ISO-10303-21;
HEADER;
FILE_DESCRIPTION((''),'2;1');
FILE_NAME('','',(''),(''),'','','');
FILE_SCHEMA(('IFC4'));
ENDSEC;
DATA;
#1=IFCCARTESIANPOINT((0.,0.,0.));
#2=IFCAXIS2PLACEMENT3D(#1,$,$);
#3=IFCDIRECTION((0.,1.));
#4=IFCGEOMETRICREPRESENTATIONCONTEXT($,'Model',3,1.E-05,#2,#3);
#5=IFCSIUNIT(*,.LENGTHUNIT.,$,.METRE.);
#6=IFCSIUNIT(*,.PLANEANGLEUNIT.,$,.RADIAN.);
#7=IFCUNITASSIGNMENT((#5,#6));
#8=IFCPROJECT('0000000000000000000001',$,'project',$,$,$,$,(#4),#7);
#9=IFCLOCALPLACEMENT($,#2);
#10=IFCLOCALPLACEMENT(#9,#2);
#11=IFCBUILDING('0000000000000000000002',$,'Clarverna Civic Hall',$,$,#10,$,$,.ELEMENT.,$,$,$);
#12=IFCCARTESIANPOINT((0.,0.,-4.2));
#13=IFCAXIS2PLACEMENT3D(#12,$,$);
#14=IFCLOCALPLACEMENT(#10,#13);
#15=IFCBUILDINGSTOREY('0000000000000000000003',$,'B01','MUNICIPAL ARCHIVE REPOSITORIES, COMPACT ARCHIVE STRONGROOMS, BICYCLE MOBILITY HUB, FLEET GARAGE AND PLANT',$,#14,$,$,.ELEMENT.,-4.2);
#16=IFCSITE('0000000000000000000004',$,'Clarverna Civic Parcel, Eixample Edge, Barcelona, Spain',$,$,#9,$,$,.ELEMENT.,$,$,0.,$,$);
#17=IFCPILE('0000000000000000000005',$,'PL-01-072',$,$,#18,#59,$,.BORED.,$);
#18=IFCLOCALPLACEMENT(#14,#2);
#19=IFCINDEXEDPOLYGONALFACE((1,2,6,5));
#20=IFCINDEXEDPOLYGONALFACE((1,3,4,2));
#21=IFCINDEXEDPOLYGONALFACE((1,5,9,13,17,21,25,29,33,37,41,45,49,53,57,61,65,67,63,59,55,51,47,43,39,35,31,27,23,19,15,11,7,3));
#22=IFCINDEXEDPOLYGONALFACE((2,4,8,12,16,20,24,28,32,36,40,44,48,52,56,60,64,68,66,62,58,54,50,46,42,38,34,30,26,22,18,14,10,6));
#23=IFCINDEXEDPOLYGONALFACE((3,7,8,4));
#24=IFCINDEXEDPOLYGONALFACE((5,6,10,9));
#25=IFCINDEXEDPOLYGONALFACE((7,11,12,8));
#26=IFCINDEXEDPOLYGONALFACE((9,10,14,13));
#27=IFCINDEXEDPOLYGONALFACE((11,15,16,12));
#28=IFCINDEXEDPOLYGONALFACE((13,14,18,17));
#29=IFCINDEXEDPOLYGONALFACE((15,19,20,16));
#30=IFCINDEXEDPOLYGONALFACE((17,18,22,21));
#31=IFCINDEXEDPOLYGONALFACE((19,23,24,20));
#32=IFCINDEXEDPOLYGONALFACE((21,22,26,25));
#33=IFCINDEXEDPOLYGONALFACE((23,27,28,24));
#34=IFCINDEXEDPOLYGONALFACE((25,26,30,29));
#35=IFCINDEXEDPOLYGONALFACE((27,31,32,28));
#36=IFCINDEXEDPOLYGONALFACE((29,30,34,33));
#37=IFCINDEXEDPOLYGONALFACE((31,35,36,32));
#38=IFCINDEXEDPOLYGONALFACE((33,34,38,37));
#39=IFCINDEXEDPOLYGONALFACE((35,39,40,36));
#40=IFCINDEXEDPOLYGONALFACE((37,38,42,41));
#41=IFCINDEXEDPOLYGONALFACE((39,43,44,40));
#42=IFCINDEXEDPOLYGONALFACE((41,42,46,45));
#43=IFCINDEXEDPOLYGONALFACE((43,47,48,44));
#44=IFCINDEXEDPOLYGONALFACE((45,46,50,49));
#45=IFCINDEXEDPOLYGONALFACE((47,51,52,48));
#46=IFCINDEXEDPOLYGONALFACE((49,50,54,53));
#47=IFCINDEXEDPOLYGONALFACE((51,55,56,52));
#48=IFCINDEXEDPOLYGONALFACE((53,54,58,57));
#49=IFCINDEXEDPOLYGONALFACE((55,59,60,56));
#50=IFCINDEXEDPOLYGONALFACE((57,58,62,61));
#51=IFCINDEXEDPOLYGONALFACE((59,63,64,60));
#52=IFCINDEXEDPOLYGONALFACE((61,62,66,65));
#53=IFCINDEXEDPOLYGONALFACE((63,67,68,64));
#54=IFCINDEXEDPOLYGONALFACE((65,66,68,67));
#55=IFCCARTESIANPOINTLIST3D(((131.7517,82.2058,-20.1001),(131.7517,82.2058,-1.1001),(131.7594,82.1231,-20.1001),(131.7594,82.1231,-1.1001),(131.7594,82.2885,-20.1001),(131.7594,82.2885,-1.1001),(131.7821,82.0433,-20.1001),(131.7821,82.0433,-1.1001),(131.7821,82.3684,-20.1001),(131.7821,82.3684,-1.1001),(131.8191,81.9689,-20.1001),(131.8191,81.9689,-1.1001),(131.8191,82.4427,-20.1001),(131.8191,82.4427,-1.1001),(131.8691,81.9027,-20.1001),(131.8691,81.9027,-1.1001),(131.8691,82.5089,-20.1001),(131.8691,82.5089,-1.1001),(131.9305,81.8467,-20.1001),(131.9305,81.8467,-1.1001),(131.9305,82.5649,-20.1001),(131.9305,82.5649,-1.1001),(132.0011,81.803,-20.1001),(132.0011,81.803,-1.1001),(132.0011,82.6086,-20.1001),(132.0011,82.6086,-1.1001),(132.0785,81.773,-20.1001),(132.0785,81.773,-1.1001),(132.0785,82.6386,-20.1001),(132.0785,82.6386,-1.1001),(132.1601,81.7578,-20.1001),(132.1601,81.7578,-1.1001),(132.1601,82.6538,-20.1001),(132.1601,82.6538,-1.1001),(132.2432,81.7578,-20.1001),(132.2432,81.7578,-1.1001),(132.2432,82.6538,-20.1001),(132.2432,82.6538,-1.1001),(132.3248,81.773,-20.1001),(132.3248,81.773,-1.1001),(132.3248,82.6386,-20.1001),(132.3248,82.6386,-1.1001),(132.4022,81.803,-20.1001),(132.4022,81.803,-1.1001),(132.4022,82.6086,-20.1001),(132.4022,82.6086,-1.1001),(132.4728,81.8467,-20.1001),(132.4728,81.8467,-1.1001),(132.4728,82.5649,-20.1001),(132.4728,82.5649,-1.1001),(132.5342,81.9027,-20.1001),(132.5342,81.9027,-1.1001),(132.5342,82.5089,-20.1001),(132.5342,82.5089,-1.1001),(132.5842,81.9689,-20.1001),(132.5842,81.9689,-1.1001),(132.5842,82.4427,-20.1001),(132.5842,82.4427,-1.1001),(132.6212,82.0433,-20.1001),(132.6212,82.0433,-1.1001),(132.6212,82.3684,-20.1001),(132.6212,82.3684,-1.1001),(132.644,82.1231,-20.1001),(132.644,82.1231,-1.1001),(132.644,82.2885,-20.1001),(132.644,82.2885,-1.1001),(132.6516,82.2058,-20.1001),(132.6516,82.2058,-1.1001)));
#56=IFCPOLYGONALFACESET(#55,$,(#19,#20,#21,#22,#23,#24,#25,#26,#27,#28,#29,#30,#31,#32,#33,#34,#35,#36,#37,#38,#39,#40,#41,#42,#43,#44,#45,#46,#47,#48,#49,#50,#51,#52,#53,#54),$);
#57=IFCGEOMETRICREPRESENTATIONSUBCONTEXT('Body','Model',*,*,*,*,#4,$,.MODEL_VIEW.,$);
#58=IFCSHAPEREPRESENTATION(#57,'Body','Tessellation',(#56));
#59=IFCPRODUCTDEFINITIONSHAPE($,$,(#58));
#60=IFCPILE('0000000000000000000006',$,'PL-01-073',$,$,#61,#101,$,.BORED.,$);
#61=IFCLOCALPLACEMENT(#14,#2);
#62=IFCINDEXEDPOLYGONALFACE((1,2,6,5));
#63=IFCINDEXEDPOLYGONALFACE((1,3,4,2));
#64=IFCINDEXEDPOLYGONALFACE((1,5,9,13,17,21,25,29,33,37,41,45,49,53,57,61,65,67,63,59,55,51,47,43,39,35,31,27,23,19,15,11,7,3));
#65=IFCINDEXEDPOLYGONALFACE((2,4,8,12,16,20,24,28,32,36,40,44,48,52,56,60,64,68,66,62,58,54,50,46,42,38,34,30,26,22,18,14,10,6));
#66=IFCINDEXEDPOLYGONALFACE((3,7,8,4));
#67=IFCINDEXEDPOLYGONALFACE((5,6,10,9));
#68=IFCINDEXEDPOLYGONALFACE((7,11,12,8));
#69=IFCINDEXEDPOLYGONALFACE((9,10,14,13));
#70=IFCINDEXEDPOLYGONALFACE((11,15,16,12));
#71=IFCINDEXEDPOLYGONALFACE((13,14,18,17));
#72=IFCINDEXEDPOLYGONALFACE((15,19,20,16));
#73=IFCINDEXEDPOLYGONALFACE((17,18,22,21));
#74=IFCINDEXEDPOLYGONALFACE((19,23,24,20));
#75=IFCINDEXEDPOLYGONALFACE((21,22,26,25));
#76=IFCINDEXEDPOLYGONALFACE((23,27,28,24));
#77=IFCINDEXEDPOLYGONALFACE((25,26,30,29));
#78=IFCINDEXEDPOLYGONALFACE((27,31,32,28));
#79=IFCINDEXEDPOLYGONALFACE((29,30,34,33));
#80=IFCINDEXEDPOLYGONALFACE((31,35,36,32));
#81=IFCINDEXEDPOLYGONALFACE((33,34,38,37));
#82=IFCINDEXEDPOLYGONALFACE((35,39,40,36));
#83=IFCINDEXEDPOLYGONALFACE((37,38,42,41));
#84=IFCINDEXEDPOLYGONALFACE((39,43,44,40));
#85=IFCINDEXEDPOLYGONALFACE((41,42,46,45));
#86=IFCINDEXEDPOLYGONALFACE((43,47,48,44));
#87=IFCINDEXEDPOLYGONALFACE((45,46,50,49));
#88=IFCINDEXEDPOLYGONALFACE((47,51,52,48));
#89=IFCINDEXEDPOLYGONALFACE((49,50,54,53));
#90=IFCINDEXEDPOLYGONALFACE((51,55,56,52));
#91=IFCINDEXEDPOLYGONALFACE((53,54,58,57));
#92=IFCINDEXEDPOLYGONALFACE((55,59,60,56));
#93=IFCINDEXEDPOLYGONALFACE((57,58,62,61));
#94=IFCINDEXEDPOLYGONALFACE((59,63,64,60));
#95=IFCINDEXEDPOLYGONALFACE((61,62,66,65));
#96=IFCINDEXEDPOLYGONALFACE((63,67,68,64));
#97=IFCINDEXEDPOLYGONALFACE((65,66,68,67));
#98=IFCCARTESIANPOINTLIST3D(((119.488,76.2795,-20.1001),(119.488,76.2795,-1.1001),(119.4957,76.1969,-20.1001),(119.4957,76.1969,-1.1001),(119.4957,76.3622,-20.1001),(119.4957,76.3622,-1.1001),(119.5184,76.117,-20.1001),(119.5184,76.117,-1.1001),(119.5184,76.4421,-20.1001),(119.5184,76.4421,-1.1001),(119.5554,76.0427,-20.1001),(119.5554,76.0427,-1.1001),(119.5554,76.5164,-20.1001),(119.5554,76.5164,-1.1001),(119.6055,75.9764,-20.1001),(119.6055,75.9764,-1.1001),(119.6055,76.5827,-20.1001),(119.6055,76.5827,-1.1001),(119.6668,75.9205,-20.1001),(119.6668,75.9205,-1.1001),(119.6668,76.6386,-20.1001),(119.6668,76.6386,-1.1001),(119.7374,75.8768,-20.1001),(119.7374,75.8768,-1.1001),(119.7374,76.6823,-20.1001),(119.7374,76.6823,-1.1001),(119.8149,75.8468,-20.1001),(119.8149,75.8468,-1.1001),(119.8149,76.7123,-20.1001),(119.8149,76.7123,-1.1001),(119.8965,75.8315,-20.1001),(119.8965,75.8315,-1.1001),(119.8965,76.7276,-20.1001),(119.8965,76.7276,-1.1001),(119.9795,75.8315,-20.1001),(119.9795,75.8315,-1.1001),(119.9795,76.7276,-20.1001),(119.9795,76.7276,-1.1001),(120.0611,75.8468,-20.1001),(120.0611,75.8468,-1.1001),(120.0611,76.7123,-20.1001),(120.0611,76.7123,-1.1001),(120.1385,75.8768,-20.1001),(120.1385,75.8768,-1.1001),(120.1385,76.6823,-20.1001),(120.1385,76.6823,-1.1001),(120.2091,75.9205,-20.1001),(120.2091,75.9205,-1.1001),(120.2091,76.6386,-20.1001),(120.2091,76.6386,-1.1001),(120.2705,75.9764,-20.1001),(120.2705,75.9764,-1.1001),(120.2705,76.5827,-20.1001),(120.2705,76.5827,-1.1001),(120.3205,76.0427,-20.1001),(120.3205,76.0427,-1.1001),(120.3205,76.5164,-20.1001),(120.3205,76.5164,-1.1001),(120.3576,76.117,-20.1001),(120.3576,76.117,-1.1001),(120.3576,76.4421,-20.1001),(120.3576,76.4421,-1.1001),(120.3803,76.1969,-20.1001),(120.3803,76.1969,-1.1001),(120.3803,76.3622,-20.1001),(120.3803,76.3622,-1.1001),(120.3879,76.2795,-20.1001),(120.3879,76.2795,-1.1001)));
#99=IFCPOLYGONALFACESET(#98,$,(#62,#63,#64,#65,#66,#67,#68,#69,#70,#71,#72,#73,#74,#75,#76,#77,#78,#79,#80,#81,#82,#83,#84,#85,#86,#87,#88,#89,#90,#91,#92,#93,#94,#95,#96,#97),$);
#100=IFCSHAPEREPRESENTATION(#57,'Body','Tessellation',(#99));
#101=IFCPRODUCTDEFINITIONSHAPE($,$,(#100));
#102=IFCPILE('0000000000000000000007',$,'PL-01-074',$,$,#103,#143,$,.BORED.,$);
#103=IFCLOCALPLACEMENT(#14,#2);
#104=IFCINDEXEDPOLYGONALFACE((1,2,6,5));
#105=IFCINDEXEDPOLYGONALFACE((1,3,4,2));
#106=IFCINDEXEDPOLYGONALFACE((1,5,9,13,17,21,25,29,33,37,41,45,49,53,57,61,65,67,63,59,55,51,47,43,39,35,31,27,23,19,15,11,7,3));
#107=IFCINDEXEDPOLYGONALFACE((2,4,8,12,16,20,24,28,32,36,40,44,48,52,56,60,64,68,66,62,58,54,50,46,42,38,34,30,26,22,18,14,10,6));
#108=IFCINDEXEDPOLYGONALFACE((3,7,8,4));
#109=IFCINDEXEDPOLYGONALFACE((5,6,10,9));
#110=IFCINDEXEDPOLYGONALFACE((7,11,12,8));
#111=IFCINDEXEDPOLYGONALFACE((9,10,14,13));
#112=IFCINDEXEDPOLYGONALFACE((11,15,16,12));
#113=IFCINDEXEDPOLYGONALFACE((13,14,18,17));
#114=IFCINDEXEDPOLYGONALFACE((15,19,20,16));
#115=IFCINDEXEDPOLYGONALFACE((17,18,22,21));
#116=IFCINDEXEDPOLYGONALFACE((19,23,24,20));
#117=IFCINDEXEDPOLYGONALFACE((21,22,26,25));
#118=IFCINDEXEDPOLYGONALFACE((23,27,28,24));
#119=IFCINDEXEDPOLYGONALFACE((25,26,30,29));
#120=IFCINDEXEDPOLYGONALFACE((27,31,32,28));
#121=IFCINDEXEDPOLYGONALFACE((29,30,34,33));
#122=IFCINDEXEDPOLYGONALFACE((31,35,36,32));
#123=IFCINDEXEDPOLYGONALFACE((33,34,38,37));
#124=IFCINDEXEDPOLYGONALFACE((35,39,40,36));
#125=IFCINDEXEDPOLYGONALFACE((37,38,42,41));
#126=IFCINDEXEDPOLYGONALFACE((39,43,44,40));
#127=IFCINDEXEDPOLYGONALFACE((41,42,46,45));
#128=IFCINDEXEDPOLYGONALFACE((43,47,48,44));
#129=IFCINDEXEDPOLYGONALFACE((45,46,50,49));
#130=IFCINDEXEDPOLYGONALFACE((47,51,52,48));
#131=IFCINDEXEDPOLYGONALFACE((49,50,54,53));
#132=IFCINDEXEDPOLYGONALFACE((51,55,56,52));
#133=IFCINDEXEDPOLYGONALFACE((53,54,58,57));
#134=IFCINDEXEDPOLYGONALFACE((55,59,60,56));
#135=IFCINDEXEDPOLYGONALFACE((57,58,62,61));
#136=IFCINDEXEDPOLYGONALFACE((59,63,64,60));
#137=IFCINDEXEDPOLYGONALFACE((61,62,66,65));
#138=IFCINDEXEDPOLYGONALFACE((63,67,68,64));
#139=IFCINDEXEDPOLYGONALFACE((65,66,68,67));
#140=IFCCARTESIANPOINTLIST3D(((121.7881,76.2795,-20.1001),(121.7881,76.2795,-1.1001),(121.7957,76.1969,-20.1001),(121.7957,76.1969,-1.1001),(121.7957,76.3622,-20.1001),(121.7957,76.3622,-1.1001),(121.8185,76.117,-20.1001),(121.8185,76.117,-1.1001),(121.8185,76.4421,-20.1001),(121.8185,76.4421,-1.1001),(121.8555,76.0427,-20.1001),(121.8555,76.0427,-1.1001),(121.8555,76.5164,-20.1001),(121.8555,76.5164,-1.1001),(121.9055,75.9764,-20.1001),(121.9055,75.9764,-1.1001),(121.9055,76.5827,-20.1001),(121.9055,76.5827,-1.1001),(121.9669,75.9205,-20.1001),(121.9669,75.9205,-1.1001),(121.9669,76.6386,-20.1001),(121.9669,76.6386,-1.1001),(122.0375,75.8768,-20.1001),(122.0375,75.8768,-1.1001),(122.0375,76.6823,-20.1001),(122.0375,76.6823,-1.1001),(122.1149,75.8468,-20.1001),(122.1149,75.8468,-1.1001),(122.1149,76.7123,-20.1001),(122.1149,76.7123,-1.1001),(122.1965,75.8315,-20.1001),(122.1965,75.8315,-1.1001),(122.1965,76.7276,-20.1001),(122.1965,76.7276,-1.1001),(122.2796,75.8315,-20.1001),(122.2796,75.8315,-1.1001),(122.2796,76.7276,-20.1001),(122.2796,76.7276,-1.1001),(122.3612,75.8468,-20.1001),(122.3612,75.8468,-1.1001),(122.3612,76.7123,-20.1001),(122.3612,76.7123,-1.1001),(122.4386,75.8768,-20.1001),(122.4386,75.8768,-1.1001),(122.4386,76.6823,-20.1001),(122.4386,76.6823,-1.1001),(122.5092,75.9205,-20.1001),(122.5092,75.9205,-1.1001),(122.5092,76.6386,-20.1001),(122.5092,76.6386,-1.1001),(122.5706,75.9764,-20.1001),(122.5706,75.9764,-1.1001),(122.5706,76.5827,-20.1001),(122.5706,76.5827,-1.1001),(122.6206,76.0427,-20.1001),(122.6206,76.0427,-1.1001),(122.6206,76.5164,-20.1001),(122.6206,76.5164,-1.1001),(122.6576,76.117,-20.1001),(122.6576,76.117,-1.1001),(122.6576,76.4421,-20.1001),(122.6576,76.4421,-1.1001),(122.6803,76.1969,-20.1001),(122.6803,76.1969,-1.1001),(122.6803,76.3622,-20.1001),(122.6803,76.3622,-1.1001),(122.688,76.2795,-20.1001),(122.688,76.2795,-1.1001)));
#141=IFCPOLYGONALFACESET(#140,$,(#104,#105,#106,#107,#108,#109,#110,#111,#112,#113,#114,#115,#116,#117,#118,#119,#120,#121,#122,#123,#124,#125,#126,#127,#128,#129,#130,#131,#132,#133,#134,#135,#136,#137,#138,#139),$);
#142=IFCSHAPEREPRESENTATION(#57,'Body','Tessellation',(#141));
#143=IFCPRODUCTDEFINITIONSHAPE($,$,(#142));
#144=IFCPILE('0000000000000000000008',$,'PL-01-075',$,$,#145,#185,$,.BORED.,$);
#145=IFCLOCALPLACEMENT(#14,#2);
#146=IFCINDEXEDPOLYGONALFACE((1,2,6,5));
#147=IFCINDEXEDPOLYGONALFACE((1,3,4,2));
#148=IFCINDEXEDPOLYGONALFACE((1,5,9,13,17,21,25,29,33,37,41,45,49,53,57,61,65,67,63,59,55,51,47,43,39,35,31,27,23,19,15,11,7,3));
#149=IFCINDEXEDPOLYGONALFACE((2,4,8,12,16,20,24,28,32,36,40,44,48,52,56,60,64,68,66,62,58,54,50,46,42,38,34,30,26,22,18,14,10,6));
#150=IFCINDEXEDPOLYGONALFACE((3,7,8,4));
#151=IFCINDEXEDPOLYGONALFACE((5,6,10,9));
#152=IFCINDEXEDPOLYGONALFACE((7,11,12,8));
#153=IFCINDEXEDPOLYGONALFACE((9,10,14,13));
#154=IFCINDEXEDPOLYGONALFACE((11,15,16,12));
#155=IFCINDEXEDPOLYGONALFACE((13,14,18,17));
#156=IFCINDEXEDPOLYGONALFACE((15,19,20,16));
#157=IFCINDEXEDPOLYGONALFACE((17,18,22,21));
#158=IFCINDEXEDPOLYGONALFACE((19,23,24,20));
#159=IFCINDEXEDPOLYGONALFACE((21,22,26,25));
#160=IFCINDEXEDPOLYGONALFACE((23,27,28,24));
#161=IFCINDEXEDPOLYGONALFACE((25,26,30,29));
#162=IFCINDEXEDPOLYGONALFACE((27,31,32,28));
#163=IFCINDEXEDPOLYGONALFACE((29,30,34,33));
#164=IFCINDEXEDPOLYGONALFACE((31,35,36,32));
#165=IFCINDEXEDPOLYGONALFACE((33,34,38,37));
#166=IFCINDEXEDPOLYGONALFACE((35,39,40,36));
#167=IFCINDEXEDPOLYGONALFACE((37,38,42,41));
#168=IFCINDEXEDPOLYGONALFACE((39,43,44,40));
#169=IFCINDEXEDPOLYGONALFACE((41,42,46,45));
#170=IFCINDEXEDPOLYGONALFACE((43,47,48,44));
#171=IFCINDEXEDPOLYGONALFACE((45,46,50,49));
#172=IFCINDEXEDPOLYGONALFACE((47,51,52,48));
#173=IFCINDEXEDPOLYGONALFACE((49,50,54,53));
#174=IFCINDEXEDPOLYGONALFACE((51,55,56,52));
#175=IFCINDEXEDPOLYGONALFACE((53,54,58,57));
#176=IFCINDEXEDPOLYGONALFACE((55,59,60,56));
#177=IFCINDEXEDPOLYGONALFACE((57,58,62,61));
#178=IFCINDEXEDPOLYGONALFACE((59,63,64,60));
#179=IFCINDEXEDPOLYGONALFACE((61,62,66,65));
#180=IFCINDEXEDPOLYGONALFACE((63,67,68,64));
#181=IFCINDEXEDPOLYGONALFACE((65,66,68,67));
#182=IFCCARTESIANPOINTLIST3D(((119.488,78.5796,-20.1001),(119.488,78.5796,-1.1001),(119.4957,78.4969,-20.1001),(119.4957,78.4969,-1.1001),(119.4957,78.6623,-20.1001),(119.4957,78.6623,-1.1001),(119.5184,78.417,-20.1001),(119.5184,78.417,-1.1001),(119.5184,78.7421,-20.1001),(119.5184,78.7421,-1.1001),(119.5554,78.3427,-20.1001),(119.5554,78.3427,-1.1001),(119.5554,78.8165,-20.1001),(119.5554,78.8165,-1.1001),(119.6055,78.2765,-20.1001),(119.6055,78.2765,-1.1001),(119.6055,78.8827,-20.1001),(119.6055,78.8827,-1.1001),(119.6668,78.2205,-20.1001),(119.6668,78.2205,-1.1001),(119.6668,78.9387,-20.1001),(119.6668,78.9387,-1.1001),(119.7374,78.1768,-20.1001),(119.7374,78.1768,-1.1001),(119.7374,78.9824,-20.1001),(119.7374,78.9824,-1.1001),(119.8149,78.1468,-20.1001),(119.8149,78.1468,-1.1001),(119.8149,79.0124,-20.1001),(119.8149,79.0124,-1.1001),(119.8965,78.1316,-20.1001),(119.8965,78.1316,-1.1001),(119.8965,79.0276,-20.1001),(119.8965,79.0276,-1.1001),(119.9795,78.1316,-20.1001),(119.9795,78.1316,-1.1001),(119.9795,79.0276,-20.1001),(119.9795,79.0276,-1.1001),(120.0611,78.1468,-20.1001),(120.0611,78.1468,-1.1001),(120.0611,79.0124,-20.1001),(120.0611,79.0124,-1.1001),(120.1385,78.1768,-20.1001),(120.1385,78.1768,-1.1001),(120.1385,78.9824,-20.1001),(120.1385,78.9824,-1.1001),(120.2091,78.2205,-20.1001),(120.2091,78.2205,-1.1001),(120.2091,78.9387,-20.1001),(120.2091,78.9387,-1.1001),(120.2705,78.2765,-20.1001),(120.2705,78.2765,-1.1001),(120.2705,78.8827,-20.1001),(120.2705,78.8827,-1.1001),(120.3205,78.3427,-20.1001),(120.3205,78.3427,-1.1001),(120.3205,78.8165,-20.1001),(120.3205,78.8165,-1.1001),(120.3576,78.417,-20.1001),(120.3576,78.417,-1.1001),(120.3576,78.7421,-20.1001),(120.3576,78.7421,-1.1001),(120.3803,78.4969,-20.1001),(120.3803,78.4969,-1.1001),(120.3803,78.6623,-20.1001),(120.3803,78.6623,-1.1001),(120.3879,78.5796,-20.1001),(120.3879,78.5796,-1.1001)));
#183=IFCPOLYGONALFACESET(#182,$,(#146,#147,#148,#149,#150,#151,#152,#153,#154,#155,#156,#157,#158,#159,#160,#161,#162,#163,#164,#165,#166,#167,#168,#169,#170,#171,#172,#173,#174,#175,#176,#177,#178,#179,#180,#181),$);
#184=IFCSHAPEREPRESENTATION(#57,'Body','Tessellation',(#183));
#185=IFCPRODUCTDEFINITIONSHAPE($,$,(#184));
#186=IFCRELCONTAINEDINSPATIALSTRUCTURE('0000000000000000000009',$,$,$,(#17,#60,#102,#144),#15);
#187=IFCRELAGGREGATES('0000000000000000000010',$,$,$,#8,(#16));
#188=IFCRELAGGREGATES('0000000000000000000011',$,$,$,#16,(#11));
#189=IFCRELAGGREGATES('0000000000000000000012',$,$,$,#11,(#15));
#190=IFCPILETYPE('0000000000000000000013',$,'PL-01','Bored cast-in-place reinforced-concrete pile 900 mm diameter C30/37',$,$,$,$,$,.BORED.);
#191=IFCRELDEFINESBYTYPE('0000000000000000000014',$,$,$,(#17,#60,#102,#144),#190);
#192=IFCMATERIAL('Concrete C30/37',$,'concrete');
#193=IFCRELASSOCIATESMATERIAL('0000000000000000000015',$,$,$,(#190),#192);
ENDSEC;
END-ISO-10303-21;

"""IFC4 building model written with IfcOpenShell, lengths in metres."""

from ifc_helpers import new_model, si_unit, direction, frame, origin, origin_2d, place, context, subcontext, project, spatial, circle, extrude, material, material_profile, profile_set, type_object, element, save


model = new_model("IFC4")

# Units and contexts
model_context = context("Model", 3, precision=1e-05, world=origin(), true_north=direction((0.0, 1.0)))
body_context = subcontext(model_context, "Body", "Model", "MODEL_VIEW")
ifc_project = project(units=[si_unit("LENGTHUNIT", "METRE"), si_unit("PLANEANGLEUNIT", "RADIAN")], contexts=[model_context])

# Site, building, storey
site_placement = place(None, origin())
site = spatial("IfcSite", under=ifc_project, at=site_placement, Name="Clarverna Civic Parcel, Eixample Edge, Barcelona, Spain", CompositionType="ELEMENT", RefElevation=0.0)
building_placement = place(site_placement, origin())
building = spatial("IfcBuilding", under=site, at=building_placement, Name="Clarverna Civic Hall", CompositionType="ELEMENT")
storey_placement = place(building_placement, frame((0.0, 0.0, -4.2)))
storey = spatial("IfcBuildingStorey", under=building, at=storey_placement, Name="B01", Description="MUNICIPAL ARCHIVE REPOSITORIES, COMPACT ARCHIVE STRONGROOMS, BICYCLE MOBILITY HUB, FLEET GARAGE AND PLANT", CompositionType="ELEMENT", Elevation=-4.2)

# Shared definitions
ifc_material_1 = material(Name="Concrete C30/37", Category="concrete")

# Piles
ifc_material_profile_1 = material_profile(ifc_material_1, circle(Radius=0.45, at=origin_2d()), Name="BORED PILE D900")
ifc_profile_set_1 = profile_set([ifc_material_profile_1], Name="Concrete C30/37")
pile_type_1 = type_object("IfcPileType", Name="PL-01", Description="Bored cast-in-place reinforced-concrete pile 900 mm diameter C30/37", PredefinedType="BORED", material=ifc_profile_set_1)
for number, where, z_axis, x_axis, name in (
    (1, (132.2017, 82.2058, -1.1001), (0.0, 0.0, -1.0), (1.0, 0.0, 0.0), "PL-01-072"),
    (2, (119.938, 76.2795, -1.1001), (0.0, 0.0, -1.0), (1.0, 0.0, 0.0), "PL-01-073"),
    (3, (122.238, 76.2795, -1.1001), (0.0, 0.0, -1.0), (1.0, 0.0, 0.0), "PL-01-074"),
    (4, (119.938, 78.5796, -1.1001), (0.0, 0.0, -1.0), (1.0, 0.0, 0.0), "PL-01-075"),
):
    element("IfcPile", number, at=place(storey_placement, frame(where, z_axis=z_axis, x_axis=x_axis)), inside=storey, type_object=pile_type_1, Name=name, PredefinedType="BORED", context=body_context, shape_type="SweptSolid", body=[
        extrude(circle(Radius=0.45, at=origin_2d()), origin(), (0.0, 0.0, 1.0), 19.0),
    ])

save(model, "model.ifc")
